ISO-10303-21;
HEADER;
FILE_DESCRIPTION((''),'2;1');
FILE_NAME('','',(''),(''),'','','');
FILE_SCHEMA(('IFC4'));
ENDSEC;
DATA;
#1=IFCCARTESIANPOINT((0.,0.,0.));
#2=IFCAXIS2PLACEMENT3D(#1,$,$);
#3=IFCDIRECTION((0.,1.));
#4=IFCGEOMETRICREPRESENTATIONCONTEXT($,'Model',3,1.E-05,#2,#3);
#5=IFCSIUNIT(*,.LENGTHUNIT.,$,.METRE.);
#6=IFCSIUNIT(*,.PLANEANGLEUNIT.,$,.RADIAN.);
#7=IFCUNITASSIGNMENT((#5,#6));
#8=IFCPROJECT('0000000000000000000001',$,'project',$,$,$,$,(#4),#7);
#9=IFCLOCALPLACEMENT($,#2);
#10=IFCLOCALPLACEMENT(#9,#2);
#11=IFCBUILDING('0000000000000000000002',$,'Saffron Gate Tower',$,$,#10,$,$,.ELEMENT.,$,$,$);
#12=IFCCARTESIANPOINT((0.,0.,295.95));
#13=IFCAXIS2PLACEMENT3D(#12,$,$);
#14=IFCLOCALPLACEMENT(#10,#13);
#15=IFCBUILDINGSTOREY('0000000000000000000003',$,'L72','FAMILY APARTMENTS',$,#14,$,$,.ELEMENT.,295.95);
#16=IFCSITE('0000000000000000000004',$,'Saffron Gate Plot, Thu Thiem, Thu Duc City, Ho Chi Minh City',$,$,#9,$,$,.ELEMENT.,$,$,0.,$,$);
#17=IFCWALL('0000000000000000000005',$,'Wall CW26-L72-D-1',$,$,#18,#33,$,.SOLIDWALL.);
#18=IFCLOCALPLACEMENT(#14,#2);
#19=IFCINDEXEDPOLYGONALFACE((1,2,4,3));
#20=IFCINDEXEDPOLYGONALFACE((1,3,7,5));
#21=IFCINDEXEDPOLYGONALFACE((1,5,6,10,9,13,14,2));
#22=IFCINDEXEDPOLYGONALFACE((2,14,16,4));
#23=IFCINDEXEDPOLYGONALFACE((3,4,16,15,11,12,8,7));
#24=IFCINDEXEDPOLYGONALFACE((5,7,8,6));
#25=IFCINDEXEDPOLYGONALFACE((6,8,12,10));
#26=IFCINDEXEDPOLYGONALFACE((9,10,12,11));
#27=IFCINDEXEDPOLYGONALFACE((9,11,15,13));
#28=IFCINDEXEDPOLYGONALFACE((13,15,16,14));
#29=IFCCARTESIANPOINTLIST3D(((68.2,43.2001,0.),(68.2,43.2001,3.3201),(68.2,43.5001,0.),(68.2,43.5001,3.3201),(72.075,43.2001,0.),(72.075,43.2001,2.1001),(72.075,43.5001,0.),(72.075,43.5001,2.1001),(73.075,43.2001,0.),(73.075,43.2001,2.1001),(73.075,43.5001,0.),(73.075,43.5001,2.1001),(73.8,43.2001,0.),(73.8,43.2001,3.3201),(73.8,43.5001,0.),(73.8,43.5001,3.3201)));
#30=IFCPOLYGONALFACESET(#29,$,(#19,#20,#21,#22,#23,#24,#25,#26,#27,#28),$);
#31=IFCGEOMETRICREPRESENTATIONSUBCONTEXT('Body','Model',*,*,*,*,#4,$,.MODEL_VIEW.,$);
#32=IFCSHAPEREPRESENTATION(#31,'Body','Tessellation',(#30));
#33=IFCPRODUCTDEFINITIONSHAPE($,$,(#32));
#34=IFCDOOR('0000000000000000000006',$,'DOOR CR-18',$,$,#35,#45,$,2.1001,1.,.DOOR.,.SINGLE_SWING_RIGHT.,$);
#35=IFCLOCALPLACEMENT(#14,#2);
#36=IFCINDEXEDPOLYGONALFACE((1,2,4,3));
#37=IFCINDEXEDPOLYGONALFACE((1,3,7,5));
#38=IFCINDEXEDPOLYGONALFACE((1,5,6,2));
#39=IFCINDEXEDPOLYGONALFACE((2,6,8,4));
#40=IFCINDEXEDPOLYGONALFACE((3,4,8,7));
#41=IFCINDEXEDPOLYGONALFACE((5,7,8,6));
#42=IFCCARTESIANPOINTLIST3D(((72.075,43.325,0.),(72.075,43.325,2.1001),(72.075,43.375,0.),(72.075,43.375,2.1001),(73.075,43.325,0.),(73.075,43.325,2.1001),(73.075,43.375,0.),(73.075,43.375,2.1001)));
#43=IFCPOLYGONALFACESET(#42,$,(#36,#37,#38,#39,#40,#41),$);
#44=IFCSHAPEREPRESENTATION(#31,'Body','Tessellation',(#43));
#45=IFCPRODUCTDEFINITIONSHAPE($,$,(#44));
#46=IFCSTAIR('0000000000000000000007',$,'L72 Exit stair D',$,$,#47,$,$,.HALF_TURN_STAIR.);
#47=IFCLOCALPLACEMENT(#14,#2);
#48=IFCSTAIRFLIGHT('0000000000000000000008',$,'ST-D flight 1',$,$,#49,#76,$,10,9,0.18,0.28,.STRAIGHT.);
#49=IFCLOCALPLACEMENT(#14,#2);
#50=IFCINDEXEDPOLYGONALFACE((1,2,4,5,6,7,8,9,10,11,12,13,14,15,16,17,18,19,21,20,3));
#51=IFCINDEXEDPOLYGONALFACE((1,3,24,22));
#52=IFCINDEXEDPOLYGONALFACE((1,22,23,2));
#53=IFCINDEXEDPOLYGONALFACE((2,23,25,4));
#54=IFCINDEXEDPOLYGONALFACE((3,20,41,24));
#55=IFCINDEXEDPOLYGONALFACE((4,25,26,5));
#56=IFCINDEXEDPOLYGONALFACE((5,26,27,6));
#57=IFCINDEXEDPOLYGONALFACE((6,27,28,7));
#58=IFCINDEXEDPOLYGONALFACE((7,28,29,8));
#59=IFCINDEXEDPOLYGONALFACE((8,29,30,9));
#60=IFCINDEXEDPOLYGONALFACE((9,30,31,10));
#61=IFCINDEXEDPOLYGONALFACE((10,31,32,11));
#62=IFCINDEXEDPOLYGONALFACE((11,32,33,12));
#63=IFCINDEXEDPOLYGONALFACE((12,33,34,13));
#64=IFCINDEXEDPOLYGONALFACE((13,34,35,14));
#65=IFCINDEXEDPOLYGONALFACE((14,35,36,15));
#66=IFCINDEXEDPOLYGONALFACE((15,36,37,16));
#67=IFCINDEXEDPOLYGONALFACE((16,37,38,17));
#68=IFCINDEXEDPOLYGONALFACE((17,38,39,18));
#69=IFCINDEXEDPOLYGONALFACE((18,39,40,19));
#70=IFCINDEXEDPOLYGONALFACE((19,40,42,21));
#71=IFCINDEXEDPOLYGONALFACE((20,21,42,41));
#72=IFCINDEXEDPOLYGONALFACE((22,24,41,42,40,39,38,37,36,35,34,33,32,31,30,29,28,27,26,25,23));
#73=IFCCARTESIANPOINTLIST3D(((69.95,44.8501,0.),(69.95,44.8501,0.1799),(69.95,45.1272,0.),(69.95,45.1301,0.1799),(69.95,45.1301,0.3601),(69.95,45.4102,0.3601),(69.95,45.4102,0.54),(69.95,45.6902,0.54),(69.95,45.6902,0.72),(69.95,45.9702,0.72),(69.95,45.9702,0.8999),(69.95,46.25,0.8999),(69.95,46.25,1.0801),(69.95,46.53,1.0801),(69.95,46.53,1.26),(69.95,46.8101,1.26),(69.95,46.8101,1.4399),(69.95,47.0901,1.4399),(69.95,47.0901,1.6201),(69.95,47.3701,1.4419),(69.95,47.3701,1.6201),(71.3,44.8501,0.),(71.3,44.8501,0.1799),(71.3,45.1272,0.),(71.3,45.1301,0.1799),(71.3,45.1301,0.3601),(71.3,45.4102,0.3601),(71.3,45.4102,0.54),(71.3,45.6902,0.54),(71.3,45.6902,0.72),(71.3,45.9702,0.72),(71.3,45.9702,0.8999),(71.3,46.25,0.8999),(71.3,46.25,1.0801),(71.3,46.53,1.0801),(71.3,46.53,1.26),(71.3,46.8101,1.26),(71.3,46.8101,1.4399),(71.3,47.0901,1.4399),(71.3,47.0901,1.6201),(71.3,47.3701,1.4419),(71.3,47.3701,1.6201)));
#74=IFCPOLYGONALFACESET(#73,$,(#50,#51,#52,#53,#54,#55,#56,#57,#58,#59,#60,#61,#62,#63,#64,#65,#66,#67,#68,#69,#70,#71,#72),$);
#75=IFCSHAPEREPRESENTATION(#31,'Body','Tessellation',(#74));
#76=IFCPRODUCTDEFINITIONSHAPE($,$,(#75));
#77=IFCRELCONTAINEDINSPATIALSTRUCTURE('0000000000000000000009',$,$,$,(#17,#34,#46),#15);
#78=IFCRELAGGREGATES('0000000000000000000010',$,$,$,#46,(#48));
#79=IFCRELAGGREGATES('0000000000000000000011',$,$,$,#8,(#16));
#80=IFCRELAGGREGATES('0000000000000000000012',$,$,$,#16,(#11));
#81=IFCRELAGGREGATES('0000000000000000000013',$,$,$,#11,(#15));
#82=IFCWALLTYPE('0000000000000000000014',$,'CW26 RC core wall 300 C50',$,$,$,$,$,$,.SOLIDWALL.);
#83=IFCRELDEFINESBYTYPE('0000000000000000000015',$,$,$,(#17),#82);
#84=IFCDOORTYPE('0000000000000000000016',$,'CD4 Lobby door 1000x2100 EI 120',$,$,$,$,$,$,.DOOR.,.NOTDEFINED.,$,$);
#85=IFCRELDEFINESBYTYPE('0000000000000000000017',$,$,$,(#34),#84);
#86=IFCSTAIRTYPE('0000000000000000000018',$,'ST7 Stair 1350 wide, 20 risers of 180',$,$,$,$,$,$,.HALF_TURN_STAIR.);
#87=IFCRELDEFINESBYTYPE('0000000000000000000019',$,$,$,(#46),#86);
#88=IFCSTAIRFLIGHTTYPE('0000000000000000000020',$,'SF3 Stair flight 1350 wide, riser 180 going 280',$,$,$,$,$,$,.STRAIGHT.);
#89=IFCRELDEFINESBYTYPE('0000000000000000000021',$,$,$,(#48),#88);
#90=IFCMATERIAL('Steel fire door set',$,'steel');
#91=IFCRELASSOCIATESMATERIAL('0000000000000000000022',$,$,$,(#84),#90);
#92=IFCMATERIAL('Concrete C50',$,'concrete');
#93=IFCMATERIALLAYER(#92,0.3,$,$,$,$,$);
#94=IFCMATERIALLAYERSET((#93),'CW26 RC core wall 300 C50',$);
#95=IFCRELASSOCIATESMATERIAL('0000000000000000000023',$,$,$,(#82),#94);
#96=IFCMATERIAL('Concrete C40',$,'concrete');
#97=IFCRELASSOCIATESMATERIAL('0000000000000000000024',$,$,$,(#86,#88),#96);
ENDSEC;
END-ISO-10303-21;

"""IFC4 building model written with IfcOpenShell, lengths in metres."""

from ifc_helpers import new_model, si_unit, direction, frame, frame_2d, origin, place, context, subcontext, project, spatial, polyline, rectangle, outline, extrude, material, layer, layer_set, type_object, element, fill, aggregate, save


model = new_model("IFC4")

# Units and contexts
model_context = context("Model", 3, precision=1e-05, world=origin(), true_north=direction((0.0, 1.0)))
body_context = subcontext(model_context, "Body", "Model", "MODEL_VIEW")
ifc_project = project(units=[si_unit("LENGTHUNIT", "METRE"), si_unit("PLANEANGLEUNIT", "RADIAN")], contexts=[model_context])

# Site, building, storey
site_placement = place(None, origin())
site = spatial("IfcSite", under=ifc_project, at=site_placement, Name="Saffron Gate Plot, Thu Thiem, Thu Duc City, Ho Chi Minh City", CompositionType="ELEMENT", RefElevation=0.0)
building_placement = place(site_placement, origin())
building = spatial("IfcBuilding", under=site, at=building_placement, Name="Saffron Gate Tower", CompositionType="ELEMENT")
storey_placement = place(building_placement, frame((0.0, 0.0, 295.95)))
storey = spatial("IfcBuildingStorey", under=building, at=storey_placement, Name="L72", Description="FAMILY APARTMENTS", CompositionType="ELEMENT", Elevation=295.95)

# Shared definitions
ifc_material_1 = material(Name="Concrete C40", Category="concrete")

# Shared definitions
ifc_material_2 = material(Name="Steel fire door set", Category="steel")
door_type_1 = type_object("IfcDoorType", Name="CD4 Lobby door 1000x2100 EI 120", OperationType="NOTDEFINED", PredefinedType="DOOR", material=ifc_material_2)

# Shared definitions
ifc_material_3 = material(Name="Concrete C50", Category="concrete")

# Wall, opening, door
ifc_layer_1 = layer(ifc_material_3, 0.3)
ifc_layer_set_1 = layer_set([ifc_layer_1], Name="CW26 RC core wall 300 C50")
wall_type_1 = type_object("IfcWallType", Name="CW26 RC core wall 300 C50", PredefinedType="SOLIDWALL", material=ifc_layer_set_1)
wall_1_placement = place(storey_placement, frame((68.2, 43.3501, 0.0), z_axis=(0.0, 0.0, 1.0), x_axis=(1.0, 0.0, 0.0)))
wall_1 = element("IfcWall", 1, at=wall_1_placement, inside=storey, type_object=wall_type_1, Name="Wall CW26-L72-D-1", PredefinedType="SOLIDWALL", context=body_context, shape_type="SweptSolid", body=[
    extrude(rectangle(XDim=5.6001, YDim=0.3, at=frame_2d((2.8, 0.0))), origin(), (0.0, 0.0, 1.0), 3.3201),
])
opening_1_placement = place(wall_1_placement, frame((3.875, 0.0, 0.0)))
opening_1 = element("IfcOpeningElement", 2, at=opening_1_placement, cuts=wall_1, PredefinedType="OPENING", context=body_context, shape_type="SweptSolid", body=[
    extrude(rectangle(XDim=1.0, YDim=2.1001, at=frame_2d((0.5, 1.05))), frame((0.0, 0.1602, 0.0), z_axis=(0.0, -1.0, 0.0), x_axis=(1.0, 0.0, 0.0)), (0.0, 0.0, 1.0), 0.3201),
])
door_1_placement = place(opening_1_placement, origin())
door_1 = element("IfcDoor", 3, at=door_1_placement, inside=storey, type_object=door_type_1, Name="DOOR CR-18", OperationType="SINGLE_SWING_RIGHT", OverallHeight=2.1001, OverallWidth=1.0, PredefinedType="DOOR", context=body_context, shape_type="SweptSolid", body=[
    extrude(rectangle(XDim=1.0, YDim=2.1001, at=frame_2d((0.5, 1.05))), frame((0.0, 0.0249, 0.0), z_axis=(0.0, -1.0, 0.0), x_axis=(1.0, 0.0, 0.0)), (0.0, 0.0, 1.0), 0.05),
])
fill(opening_1, door_1)

# Stair, stair flight
stair_type = type_object("IfcStairType", Name="ST7 Stair 1350 wide, 20 risers of 180", PredefinedType="HALF_TURN_STAIR", material=ifc_material_1)
stair_placement = place(storey_placement, origin())
stair = element("IfcStair", 4, at=stair_placement, inside=storey, type_object=stair_type, Name="L72 Exit stair D", PredefinedType="HALF_TURN_STAIR")
stair_flight_type = type_object("IfcStairFlightType", Name="SF3 Stair flight 1350 wide, riser 180 going 280", PredefinedType="STRAIGHT", material=ifc_material_1)
stair_flight_placement = place(storey_placement, frame((70.625, 44.8501, 0.0), z_axis=(0.0, 0.0, 1.0), x_axis=(0.0, 1.0, 0.0)))
stair_flight = element("IfcStairFlight", 5, at=stair_flight_placement, type_object=stair_flight_type, Name="ST-D flight 1", NumberOfRisers=10, NumberOfTreads=9, PredefinedType="STRAIGHT", RiserHeight=0.18, TreadLength=0.28, context=body_context, shape_type="SweptSolid", body=[
    extrude(outline(polyline([(0.0, 0.0), (0.0, 0.1799), (0.28, 0.1799), (0.28, 0.3601), (0.5601, 0.3601), (0.5601, 0.54), (0.8401, 0.54), (0.8401, 0.72), (1.1201, 0.72), (1.1201, 0.8999), (1.3999, 0.8999), (1.3999, 1.0801), (1.6799, 1.0801), (1.6799, 1.26), (1.96, 1.26), (1.96, 1.4399), (2.24, 1.4399), (2.24, 1.6201), (2.52, 1.6201), (2.52, 1.8), (2.52, 1.4419), (0.2771, 0.0), (0.0, 0.0)])), frame((0.0, 0.675, 0.0), z_axis=(0.0, -1.0, 0.0), x_axis=(1.0, 0.0, 0.0)), (0.0, 0.0, 1.0), 1.3501),
])
aggregate(stair, [stair_flight])

save(model, "model.ifc")
